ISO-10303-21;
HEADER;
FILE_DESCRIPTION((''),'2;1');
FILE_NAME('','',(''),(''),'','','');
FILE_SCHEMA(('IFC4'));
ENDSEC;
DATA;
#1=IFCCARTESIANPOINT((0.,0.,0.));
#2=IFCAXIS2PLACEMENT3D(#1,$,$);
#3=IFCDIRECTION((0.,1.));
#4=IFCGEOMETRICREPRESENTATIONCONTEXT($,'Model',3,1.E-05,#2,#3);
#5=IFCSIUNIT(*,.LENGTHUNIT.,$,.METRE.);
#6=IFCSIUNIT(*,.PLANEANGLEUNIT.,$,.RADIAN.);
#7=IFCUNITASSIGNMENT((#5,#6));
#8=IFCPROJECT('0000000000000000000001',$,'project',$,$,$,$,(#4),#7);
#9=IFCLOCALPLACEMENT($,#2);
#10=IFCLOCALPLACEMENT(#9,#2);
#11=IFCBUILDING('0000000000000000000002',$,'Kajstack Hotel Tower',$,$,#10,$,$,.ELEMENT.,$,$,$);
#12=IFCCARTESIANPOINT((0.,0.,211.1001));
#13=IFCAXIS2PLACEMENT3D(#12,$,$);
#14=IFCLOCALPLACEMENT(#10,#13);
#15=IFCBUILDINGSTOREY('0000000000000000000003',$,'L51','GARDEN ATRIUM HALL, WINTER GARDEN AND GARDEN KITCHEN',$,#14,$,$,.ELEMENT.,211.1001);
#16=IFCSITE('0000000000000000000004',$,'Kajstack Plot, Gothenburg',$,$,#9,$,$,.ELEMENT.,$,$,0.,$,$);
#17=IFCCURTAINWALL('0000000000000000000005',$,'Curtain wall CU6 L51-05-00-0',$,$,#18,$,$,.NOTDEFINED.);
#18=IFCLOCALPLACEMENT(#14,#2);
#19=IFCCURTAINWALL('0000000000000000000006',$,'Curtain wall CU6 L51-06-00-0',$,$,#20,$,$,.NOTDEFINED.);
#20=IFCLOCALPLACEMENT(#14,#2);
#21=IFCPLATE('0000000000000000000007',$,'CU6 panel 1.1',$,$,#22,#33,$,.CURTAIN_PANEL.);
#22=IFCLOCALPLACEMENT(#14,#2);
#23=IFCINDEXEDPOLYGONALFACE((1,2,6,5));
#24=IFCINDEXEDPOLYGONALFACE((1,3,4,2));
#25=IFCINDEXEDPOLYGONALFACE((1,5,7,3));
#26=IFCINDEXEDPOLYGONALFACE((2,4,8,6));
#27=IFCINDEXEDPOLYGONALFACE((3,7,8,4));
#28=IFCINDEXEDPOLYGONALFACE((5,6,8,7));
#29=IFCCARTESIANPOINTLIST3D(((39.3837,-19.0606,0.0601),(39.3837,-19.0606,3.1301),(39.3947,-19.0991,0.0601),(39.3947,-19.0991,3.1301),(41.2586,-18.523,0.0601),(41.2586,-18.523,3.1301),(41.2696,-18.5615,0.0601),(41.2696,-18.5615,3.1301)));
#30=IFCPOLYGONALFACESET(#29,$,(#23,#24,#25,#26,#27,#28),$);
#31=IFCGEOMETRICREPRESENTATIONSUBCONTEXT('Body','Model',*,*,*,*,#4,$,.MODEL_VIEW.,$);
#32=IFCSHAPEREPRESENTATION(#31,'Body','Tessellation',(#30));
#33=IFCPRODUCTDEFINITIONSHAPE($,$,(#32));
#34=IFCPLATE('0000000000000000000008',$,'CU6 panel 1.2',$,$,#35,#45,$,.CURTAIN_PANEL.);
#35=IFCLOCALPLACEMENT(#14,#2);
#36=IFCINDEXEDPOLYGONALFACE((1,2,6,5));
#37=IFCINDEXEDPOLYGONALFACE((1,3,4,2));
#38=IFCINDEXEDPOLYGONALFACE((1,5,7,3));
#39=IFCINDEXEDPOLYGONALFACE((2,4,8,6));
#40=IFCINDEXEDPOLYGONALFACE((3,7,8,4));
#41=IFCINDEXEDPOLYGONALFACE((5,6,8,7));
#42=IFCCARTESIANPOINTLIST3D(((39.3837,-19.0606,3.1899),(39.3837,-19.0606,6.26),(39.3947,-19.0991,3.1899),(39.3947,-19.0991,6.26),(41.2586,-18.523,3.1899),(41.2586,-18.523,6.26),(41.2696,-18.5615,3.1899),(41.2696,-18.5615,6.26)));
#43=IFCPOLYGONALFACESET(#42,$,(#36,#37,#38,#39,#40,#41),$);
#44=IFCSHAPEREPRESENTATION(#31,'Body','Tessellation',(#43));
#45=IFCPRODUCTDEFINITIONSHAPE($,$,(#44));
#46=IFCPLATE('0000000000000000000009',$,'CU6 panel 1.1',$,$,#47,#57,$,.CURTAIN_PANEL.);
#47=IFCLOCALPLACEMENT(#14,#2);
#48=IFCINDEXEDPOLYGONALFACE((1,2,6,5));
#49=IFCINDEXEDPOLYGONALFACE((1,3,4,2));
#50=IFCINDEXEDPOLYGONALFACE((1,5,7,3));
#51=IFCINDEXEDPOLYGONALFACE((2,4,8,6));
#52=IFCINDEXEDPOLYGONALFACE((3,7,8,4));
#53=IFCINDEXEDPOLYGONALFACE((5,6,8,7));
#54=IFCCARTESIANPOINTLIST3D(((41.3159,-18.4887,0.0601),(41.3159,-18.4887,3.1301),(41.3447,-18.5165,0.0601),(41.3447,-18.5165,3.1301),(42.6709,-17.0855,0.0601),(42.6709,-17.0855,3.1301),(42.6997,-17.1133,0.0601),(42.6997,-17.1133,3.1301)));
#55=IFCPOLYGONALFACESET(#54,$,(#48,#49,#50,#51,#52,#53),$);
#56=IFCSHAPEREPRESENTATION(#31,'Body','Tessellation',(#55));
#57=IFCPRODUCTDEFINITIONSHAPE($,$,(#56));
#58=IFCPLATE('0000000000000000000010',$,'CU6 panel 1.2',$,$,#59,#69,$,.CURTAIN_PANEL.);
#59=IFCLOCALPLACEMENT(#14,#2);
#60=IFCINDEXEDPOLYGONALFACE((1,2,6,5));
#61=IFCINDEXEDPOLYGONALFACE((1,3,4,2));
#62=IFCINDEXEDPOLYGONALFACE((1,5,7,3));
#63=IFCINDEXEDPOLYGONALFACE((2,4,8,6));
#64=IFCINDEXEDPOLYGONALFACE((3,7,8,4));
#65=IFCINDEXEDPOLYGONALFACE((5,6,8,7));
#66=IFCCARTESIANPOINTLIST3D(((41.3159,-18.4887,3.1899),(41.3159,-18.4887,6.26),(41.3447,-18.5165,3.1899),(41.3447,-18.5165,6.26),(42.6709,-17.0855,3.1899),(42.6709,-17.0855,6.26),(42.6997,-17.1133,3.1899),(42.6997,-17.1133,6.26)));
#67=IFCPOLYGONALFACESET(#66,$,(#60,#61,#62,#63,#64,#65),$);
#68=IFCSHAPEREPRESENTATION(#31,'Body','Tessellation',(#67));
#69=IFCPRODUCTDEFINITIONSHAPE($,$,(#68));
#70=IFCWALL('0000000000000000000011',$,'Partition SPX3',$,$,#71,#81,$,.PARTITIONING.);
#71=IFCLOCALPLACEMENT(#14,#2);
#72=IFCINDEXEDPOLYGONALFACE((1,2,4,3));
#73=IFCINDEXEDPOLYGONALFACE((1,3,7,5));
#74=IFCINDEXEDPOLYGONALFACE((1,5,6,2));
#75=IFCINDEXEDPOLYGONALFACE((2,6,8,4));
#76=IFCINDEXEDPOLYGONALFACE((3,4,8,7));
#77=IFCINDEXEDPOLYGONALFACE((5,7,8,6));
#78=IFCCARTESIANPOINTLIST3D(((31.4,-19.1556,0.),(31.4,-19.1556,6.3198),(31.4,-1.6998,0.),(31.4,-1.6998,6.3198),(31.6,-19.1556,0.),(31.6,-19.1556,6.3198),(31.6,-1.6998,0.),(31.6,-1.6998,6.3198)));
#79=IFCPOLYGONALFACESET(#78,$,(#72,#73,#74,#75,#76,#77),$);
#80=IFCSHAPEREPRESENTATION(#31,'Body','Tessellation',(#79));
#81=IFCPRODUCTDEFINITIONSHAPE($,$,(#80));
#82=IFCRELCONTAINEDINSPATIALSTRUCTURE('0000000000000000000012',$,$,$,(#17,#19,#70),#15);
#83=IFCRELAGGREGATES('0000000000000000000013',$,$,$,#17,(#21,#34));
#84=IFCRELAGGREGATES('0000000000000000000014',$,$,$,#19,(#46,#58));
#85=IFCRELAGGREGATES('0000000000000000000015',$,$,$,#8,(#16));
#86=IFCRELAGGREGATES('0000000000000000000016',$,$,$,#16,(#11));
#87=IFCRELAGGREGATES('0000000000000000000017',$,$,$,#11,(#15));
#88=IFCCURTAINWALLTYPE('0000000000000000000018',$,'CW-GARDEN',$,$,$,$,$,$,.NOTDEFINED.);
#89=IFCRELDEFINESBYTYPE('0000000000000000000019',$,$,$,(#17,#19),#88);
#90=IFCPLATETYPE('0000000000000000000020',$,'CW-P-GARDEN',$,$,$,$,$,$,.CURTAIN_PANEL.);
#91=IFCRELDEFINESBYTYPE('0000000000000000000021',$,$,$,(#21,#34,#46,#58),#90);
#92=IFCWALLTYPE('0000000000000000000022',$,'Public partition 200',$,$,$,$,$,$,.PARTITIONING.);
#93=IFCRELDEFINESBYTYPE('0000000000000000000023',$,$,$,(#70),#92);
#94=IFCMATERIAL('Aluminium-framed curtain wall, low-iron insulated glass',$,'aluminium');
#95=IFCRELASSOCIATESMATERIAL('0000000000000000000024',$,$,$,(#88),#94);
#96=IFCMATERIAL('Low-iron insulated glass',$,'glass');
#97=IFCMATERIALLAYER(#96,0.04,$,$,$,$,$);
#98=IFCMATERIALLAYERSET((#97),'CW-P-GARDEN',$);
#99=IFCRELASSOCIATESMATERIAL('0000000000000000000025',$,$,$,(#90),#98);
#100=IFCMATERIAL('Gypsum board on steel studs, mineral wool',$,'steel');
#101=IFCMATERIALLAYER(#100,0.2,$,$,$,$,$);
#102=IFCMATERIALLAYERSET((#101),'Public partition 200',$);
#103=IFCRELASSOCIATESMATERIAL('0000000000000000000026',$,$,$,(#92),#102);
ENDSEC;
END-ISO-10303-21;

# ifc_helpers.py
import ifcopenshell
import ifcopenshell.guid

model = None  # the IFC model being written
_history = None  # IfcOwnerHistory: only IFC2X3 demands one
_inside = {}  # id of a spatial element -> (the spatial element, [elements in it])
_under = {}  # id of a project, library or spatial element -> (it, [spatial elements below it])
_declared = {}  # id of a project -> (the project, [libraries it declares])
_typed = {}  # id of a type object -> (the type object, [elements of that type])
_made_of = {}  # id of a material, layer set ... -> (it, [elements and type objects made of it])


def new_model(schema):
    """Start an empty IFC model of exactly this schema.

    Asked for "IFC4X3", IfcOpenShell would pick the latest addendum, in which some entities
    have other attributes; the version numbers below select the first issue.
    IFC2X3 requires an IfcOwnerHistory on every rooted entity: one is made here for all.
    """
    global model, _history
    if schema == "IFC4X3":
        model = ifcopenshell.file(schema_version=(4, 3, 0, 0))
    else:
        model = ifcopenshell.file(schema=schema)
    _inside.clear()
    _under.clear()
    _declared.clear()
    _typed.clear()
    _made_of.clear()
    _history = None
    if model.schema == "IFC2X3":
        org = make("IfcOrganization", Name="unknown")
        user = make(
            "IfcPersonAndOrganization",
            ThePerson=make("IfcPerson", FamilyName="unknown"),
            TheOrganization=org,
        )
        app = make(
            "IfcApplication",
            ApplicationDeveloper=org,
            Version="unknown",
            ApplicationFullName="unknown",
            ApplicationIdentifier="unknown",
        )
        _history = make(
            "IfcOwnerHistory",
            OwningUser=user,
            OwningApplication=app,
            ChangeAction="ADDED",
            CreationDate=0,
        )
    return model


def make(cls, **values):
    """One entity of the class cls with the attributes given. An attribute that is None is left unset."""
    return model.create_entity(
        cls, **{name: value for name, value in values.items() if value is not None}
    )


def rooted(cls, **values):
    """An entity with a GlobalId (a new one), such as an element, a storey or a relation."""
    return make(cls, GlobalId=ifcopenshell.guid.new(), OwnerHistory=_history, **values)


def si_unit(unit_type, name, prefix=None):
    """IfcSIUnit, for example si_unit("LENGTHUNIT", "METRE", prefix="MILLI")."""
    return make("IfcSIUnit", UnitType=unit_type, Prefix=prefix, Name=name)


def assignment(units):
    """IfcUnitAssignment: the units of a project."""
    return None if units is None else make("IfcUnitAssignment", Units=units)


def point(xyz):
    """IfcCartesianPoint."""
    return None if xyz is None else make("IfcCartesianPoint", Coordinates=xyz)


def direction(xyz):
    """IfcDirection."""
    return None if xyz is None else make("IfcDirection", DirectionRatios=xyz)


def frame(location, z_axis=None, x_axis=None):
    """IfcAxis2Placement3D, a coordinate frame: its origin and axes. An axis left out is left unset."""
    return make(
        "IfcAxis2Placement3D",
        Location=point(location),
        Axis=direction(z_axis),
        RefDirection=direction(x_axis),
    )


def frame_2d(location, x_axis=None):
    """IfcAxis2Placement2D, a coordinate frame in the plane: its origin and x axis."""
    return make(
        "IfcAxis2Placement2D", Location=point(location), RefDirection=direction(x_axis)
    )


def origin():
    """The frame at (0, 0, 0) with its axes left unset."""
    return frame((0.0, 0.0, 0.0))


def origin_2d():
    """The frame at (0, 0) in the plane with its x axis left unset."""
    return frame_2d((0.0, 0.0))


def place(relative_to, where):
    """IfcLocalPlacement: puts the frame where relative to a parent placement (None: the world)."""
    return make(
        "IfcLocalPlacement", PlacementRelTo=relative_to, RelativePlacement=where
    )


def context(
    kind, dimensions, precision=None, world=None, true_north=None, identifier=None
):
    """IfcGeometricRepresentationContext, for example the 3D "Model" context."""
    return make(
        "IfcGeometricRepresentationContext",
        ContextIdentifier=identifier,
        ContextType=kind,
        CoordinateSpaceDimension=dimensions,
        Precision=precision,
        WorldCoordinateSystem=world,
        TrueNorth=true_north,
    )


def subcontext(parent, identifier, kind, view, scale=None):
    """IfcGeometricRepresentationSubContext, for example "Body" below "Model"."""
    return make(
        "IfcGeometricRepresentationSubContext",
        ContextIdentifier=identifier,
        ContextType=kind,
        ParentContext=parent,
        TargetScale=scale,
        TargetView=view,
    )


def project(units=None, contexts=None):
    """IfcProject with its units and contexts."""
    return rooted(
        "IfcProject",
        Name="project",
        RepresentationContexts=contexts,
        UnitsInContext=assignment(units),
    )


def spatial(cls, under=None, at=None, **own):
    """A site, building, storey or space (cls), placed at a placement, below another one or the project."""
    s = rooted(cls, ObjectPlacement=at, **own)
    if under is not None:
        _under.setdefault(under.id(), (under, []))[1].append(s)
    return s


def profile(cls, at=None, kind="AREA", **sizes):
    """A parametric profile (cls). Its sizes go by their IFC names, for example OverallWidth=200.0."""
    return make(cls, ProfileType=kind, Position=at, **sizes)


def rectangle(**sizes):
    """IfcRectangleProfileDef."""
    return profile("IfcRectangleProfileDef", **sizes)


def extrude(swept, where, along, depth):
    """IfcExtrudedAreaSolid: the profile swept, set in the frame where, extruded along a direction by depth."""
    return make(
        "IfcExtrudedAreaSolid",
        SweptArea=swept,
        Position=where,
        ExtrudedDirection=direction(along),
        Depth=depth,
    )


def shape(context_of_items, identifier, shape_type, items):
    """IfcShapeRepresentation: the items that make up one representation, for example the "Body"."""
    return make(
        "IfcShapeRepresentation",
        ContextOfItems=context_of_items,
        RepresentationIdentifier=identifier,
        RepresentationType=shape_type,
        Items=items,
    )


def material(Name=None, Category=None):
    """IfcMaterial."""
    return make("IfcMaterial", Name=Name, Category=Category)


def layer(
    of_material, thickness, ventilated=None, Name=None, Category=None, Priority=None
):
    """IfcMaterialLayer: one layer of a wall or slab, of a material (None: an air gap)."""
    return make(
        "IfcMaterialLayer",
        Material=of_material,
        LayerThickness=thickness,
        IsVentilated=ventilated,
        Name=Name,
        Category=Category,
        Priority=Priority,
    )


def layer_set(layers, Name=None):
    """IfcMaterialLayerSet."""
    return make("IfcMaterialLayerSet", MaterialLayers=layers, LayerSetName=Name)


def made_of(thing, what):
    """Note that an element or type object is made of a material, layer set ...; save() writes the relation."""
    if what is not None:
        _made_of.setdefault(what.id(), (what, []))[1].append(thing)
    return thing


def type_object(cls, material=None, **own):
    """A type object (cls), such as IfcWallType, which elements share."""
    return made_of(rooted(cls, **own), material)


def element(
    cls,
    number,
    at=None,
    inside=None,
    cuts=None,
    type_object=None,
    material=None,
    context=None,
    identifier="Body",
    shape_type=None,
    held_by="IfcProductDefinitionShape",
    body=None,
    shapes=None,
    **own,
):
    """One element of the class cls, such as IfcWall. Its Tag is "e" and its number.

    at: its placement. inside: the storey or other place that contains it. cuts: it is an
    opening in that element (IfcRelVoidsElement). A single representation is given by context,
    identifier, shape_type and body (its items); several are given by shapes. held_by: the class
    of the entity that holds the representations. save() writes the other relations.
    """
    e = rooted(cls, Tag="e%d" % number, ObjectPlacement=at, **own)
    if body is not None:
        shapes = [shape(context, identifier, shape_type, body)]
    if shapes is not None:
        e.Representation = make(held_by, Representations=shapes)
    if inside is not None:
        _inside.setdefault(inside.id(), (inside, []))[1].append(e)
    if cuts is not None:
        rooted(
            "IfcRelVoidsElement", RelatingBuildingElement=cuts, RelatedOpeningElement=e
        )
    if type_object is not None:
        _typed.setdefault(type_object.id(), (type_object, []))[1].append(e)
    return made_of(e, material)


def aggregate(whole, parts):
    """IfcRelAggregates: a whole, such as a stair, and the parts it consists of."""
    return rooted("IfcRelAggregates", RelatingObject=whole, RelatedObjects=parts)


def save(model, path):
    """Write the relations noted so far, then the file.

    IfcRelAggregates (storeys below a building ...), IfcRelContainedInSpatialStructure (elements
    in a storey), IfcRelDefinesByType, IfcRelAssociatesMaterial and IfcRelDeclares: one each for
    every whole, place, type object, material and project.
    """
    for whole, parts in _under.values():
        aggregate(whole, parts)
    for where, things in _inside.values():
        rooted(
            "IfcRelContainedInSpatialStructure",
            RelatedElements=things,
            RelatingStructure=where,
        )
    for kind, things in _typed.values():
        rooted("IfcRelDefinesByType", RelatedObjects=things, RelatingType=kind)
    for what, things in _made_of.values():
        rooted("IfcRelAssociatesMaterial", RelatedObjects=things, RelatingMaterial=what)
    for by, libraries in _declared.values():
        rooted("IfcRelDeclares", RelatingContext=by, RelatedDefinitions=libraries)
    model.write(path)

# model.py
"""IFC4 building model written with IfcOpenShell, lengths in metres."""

from ifc_helpers import new_model, si_unit, direction, frame, frame_2d, origin, origin_2d, place, context, subcontext, project, spatial, rectangle, extrude, material, layer, layer_set, type_object, element, aggregate, save


model = new_model("IFC4")

# Units and contexts
model_context = context("Model", 3, precision=1e-05, world=origin(), true_north=direction((0.0, 1.0)))
body_context = subcontext(model_context, "Body", "Model", "MODEL_VIEW")
ifc_project = project(units=[si_unit("LENGTHUNIT", "METRE"), si_unit("PLANEANGLEUNIT", "RADIAN")], contexts=[model_context])

# Site, building, storey
site_placement = place(None, origin())
site = spatial("IfcSite", under=ifc_project, at=site_placement, Name="Kajstack Plot, Gothenburg", CompositionType="ELEMENT", RefElevation=0.0)
building_placement = place(site_placement, origin())
building = spatial("IfcBuilding", under=site, at=building_placement, Name="Kajstack Hotel Tower", CompositionType="ELEMENT")
storey_placement = place(building_placement, frame((0.0, 0.0, 211.1001)))
storey = spatial("IfcBuildingStorey", under=building, at=storey_placement, Name="L51", Description="GARDEN ATRIUM HALL, WINTER GARDEN AND GARDEN KITCHEN", CompositionType="ELEMENT", Elevation=211.1001)

# Curtain walls
ifc_material_1 = material(Name="Aluminium-framed curtain wall, low-iron insulated glass", Category="aluminium")
curtain_wall_type = type_object("IfcCurtainWallType", Name="CW-GARDEN", PredefinedType="NOTDEFINED", material=ifc_material_1)
curtain_wall_1_placement = place(storey_placement, origin())
curtain_wall_1 = element("IfcCurtainWall", 1, at=curtain_wall_1_placement, inside=storey, type_object=curtain_wall_type, Name="Curtain wall CU6 L51-05-00-0", PredefinedType="NOTDEFINED")
curtain_wall_2_placement = place(storey_placement, origin())
curtain_wall_2 = element("IfcCurtainWall", 2, at=curtain_wall_2_placement, inside=storey, type_object=curtain_wall_type, Name="Curtain wall CU6 L51-06-00-0", PredefinedType="NOTDEFINED")

# Plates
ifc_material_2 = material(Name="Low-iron insulated glass", Category="glass")
ifc_layer_1 = layer(ifc_material_2, 0.04)
ifc_layer_set_1 = layer_set([ifc_layer_1], Name="CW-P-GARDEN")
plate_type = type_object("IfcPlateType", Name="CW-P-GARDEN", PredefinedType="CURTAIN_PANEL", material=ifc_layer_set_1)
plate_1_placement = place(storey_placement, frame((40.3267, -18.811, 0.0601), z_axis=(0.0, 0.0, 1.0), x_axis=(0.961263, 0.275633, 0.0)))
plate_1 = element("IfcPlate", 3, at=plate_1_placement, type_object=plate_type, Name="CU6 panel 1.1", PredefinedType="CURTAIN_PANEL", context=body_context, shape_type="SweptSolid", body=[
    extrude(rectangle(XDim=1.9504, YDim=0.04, at=origin_2d()), origin(), (0.0, 0.0, 1.0), 3.0701),
])
plate_2_placement = place(storey_placement, frame((40.3267, -18.811, 3.1899), z_axis=(0.0, 0.0, 1.0), x_axis=(0.961263, 0.275633, 0.0)))
plate_2 = element("IfcPlate", 4, at=plate_2_placement, type_object=plate_type, Name="CU6 panel 1.2", PredefinedType="CURTAIN_PANEL", context=body_context, shape_type="SweptSolid", body=[
    extrude(rectangle(XDim=1.9504, YDim=0.04, at=origin_2d()), origin(), (0.0, 0.0, 1.0), 3.0701),
])
aggregate(curtain_wall_1, [plate_1, plate_2])
plate_3_placement = place(storey_placement, frame((42.0078, -17.801, 0.0601), z_axis=(0.0, 0.0, 1.0), x_axis=(0.69466, 0.719338, 0.0)))
plate_3 = element("IfcPlate", 5, at=plate_3_placement, type_object=plate_type, Name="CU6 panel 1.1", PredefinedType="CURTAIN_PANEL", context=body_context, shape_type="SweptSolid", body=[
    extrude(rectangle(XDim=1.9507, YDim=0.04, at=origin_2d()), origin(), (0.0, 0.0, 1.0), 3.0701),
])
plate_4_placement = place(storey_placement, frame((42.0078, -17.801, 3.1899), z_axis=(0.0, 0.0, 1.0), x_axis=(0.69466, 0.719338, 0.0)))
plate_4 = element("IfcPlate", 6, at=plate_4_placement, type_object=plate_type, Name="CU6 panel 1.2", PredefinedType="CURTAIN_PANEL", context=body_context, shape_type="SweptSolid", body=[
    extrude(rectangle(XDim=1.9507, YDim=0.04, at=origin_2d()), origin(), (0.0, 0.0, 1.0), 3.0701),
])
aggregate(curtain_wall_2, [plate_3, plate_4])

# Wall
ifc_material_3 = material(Name="Gypsum board on steel studs, mineral wool", Category="steel")
ifc_layer_2 = layer(ifc_material_3, 0.2)
ifc_layer_set_2 = layer_set([ifc_layer_2], Name="Public partition 200")
wall_type = type_object("IfcWallType", Name="Public partition 200", PredefinedType="PARTITIONING", material=ifc_layer_set_2)
wall_placement = place(storey_placement, frame((31.5, -19.1558, 0.0), z_axis=(0.0, 0.0, 1.0), x_axis=(0.0, 1.0, 0.0)))
element("IfcWall", 7, at=wall_placement, inside=storey, type_object=wall_type, Name="Partition SPX3", PredefinedType="PARTITIONING", context=body_context, shape_type="SweptSolid", body=[
    extrude(rectangle(XDim=17.4558, YDim=0.2, at=frame_2d((8.728, 0.0))), origin(), (0.0, 0.0, 1.0), 6.3198),
])

save(model, "model.ifc")
